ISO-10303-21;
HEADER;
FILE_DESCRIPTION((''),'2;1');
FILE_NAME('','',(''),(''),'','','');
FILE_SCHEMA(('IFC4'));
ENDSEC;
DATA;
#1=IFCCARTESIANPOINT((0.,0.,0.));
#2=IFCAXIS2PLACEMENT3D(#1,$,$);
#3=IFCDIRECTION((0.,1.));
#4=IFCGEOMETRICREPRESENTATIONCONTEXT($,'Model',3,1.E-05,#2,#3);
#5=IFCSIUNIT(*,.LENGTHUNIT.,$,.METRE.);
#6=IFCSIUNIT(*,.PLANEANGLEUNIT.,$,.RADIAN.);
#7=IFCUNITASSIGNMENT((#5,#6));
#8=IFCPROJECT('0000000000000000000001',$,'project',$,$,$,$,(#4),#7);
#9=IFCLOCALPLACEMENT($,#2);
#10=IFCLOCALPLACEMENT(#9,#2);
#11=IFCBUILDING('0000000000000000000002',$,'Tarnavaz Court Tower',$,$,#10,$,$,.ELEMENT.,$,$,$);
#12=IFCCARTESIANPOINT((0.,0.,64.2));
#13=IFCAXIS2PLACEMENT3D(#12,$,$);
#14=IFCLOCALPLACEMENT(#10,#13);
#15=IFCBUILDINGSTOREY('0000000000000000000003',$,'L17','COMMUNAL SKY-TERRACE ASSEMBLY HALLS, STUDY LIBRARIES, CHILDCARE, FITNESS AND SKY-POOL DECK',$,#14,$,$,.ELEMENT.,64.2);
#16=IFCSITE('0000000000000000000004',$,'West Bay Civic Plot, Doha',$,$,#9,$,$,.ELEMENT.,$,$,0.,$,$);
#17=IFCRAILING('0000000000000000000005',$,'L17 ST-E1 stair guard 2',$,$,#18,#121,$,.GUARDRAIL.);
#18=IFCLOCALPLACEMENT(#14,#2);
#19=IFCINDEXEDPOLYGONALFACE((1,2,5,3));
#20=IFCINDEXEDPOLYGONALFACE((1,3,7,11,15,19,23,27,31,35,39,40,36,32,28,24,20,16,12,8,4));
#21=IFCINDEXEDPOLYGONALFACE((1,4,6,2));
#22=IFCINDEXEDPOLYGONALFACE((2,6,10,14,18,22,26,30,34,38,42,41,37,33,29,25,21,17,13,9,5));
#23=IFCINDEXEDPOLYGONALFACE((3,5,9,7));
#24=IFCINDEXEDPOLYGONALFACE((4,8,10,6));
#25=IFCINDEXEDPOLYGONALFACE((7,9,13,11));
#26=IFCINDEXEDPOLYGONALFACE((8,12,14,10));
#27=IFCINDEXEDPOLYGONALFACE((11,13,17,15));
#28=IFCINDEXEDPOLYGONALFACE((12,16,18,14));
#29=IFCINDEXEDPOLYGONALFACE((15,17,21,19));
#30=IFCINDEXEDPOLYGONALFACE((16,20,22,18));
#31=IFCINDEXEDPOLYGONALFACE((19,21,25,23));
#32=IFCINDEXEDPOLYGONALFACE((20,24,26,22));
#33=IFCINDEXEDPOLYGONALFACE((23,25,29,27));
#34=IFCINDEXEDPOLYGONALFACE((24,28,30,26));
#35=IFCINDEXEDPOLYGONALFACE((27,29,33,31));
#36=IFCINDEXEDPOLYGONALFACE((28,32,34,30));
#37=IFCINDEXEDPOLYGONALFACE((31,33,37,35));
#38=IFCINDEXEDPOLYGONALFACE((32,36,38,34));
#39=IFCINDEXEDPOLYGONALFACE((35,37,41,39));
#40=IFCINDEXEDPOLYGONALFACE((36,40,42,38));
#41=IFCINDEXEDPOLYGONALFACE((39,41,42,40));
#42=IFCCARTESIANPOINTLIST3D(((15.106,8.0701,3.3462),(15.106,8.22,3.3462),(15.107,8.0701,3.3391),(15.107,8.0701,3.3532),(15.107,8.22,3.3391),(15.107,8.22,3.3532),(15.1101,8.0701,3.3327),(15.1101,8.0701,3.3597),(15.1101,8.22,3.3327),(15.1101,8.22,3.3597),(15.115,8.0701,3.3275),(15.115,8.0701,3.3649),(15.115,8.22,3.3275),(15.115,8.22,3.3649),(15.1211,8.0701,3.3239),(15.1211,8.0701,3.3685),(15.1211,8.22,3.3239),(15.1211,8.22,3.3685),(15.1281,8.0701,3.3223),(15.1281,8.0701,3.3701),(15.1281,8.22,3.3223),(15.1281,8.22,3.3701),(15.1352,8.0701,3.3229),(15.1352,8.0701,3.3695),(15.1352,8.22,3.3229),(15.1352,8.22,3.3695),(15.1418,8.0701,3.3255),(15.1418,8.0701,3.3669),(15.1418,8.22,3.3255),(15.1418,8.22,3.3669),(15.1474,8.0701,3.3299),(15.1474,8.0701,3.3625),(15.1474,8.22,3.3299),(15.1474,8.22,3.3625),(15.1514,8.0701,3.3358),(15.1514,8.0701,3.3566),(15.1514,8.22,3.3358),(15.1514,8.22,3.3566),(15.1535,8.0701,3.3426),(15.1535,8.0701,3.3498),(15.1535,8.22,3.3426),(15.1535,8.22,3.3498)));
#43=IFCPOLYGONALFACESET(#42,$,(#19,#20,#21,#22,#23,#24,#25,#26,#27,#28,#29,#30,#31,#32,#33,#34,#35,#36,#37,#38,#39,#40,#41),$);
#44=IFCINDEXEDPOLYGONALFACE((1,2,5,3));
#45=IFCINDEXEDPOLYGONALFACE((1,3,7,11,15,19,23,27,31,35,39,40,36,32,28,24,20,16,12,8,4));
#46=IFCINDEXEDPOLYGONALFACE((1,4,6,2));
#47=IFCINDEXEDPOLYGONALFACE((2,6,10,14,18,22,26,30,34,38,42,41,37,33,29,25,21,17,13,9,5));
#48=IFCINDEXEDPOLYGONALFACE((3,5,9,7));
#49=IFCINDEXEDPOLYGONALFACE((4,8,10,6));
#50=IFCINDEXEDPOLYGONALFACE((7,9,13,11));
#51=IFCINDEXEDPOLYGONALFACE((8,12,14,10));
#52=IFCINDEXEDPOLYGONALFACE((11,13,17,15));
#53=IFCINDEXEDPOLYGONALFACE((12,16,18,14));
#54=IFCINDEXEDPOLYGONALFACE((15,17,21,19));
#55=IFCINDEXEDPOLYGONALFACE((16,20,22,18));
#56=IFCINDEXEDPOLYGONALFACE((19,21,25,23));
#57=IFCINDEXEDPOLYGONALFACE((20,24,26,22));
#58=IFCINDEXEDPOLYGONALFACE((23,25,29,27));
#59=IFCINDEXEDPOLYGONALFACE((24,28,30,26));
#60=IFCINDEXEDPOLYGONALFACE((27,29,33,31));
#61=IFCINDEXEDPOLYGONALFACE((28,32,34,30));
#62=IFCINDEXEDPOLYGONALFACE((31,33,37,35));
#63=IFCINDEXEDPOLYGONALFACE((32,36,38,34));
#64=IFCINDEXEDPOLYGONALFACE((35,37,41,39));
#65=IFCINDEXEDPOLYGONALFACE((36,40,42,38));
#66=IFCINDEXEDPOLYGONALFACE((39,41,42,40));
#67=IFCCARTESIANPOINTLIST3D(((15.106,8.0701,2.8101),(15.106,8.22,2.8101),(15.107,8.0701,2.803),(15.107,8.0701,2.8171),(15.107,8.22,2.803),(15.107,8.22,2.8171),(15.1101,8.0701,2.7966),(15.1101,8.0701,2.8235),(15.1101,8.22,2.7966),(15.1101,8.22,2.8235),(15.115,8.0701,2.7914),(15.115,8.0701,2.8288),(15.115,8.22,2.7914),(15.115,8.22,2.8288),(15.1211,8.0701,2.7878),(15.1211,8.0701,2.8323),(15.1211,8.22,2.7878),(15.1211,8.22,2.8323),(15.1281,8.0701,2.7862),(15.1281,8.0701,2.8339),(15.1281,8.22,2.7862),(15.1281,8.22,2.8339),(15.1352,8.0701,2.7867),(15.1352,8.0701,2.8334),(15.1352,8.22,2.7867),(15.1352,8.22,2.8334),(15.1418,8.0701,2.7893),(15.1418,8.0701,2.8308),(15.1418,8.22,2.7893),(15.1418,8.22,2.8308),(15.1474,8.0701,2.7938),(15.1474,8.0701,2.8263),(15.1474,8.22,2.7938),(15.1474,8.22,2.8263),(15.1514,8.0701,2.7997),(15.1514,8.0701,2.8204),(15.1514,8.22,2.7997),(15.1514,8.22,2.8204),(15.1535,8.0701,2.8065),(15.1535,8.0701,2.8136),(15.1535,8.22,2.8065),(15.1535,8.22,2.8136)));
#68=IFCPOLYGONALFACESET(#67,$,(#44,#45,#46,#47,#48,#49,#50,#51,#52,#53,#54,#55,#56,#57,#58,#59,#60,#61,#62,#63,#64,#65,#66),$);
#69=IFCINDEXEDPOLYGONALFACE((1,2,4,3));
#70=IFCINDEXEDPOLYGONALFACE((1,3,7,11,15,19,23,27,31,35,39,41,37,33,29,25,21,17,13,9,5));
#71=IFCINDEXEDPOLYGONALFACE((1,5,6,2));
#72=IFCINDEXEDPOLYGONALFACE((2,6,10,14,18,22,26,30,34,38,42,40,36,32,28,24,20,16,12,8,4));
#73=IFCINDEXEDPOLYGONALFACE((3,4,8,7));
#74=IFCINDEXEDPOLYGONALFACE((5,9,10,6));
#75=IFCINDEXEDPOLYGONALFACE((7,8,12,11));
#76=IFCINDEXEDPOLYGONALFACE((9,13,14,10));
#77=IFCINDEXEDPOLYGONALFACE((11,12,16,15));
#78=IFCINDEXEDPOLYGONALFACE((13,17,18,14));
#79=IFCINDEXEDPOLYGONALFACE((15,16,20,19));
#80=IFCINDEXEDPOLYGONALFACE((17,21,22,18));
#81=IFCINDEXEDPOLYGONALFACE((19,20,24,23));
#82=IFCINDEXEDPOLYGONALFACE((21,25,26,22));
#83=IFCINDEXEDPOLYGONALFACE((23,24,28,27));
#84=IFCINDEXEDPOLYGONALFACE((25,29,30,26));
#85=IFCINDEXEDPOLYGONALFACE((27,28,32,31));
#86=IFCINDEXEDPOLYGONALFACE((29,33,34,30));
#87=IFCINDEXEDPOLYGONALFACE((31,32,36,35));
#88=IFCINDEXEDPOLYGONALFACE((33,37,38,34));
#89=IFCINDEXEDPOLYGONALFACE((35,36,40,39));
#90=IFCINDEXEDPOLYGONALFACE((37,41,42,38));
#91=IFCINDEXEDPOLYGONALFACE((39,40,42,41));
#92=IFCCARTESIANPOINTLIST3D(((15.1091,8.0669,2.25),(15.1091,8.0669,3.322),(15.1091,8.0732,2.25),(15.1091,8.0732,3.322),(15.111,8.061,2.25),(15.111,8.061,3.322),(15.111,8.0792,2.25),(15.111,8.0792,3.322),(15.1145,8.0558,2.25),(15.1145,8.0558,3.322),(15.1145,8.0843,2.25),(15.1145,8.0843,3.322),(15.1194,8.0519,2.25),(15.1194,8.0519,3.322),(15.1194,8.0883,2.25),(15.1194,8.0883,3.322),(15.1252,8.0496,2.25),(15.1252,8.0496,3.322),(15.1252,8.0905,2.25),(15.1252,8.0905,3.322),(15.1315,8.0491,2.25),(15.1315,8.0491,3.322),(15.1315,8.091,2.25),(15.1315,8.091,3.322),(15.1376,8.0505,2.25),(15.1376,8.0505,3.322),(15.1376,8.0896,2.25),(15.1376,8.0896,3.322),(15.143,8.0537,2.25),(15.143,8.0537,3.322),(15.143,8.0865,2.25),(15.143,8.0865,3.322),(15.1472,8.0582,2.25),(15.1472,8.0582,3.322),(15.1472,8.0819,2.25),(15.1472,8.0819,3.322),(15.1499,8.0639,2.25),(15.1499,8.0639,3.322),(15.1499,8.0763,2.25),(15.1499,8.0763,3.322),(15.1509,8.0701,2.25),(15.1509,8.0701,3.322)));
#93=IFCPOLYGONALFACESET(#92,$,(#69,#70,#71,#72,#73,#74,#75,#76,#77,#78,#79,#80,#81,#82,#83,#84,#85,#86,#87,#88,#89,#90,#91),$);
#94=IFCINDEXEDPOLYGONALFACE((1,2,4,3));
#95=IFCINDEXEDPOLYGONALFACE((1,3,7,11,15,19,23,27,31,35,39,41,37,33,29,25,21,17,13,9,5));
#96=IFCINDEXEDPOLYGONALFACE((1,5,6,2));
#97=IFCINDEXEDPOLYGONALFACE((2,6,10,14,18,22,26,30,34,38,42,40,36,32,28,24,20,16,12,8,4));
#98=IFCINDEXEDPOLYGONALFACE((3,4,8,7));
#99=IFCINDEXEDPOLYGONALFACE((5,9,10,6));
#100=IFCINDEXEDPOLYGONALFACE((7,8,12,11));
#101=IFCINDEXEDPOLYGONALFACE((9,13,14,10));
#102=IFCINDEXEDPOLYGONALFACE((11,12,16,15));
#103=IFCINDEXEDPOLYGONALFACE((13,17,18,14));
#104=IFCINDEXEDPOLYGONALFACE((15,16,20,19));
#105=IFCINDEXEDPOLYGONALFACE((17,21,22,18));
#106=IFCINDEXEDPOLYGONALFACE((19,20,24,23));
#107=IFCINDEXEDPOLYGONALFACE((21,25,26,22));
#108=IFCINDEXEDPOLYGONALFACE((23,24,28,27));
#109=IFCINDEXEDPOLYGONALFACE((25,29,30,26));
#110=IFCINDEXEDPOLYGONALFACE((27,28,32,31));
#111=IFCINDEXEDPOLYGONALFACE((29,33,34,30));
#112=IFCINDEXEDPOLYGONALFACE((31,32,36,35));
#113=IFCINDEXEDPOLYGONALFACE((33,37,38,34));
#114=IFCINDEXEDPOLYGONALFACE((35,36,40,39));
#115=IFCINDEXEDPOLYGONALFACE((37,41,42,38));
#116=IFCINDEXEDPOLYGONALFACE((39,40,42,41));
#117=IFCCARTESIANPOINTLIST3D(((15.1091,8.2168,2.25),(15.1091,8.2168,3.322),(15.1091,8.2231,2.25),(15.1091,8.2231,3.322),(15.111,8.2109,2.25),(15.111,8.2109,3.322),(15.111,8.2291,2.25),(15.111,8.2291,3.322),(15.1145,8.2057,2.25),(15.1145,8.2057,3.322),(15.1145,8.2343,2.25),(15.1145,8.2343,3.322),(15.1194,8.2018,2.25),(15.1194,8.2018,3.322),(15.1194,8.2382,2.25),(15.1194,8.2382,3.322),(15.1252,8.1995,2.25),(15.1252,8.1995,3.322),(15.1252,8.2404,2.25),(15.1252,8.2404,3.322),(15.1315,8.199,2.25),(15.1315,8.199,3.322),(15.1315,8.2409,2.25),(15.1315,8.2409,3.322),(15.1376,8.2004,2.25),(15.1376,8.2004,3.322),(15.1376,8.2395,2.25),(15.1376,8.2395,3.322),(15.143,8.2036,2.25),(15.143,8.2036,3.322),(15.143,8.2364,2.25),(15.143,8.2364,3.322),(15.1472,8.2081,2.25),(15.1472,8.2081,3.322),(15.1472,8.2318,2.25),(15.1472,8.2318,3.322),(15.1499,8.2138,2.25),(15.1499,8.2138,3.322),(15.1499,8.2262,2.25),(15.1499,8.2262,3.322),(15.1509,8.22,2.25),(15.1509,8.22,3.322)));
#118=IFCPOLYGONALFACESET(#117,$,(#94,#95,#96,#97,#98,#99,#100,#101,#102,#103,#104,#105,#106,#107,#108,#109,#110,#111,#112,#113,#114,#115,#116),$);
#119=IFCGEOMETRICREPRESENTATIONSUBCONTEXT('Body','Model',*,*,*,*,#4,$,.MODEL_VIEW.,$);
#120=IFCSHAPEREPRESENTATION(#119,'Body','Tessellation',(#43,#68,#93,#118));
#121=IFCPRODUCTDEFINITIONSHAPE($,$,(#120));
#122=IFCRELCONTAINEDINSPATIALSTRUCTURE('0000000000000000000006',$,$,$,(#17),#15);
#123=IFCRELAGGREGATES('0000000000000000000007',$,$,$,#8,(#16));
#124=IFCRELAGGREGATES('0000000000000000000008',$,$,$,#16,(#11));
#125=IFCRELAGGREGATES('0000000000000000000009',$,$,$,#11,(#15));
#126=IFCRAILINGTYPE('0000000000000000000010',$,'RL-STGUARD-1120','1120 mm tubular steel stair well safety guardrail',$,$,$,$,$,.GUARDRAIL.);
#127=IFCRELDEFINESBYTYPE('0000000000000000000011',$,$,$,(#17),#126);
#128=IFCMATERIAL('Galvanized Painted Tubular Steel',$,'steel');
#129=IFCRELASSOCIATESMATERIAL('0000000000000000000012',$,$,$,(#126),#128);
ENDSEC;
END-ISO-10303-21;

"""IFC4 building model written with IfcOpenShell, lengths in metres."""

from ifc_helpers import new_model, si_unit, direction, frame, origin, origin_2d, place, context, subcontext, project, spatial, circle, extrude, material, type_object, element, save


model = new_model("IFC4")

# Units and contexts
model_context = context("Model", 3, precision=1e-05, world=origin(), true_north=direction((0.0, 1.0)))
body_context = subcontext(model_context, "Body", "Model", "MODEL_VIEW")
ifc_project = project(units=[si_unit("LENGTHUNIT", "METRE"), si_unit("PLANEANGLEUNIT", "RADIAN")], contexts=[model_context])

# Site, building, storey
site_placement = place(None, origin())
site = spatial("IfcSite", under=ifc_project, at=site_placement, Name="West Bay Civic Plot, Doha", CompositionType="ELEMENT", RefElevation=0.0)
building_placement = place(site_placement, origin())
building = spatial("IfcBuilding", under=site, at=building_placement, Name="Tarnavaz Court Tower", CompositionType="ELEMENT")
storey_placement = place(building_placement, frame((0.0, 0.0, 64.2)))
storey = spatial("IfcBuildingStorey", under=building, at=storey_placement, Name="L17", Description="COMMUNAL SKY-TERRACE ASSEMBLY HALLS, STUDY LIBRARIES, CHILDCARE, FITNESS AND SKY-POOL DECK", CompositionType="ELEMENT", Elevation=64.2)

# Railing
ifc_material_1 = material(Name="Galvanized Painted Tubular Steel", Category="steel")
railing_type_1 = type_object("IfcRailingType", Name="RL-STGUARD-1120", Description="1120 mm tubular steel stair well safety guardrail", PredefinedType="GUARDRAIL", material=ifc_material_1)
railing_1_placement = place(storey_placement, frame((15.1299, 8.0701, 2.25)))
element("IfcRailing", 1, at=railing_1_placement, inside=storey, type_object=railing_type_1, Name="L17 ST-E1 stair guard 2", PredefinedType="GUARDRAIL", context=body_context, shape_type="SweptSolid", body=[
    extrude(circle(Radius=0.0239, at=origin_2d()), frame((0.0, 0.0, 1.0962), z_axis=(0.0, 1.0, 0.0), x_axis=(-1.0, 0.0, 0.0)), (0.0, 0.0, 1.0), 0.1499),
    extrude(circle(Radius=0.0239, at=origin_2d()), frame((0.0, 0.0, 0.5601), z_axis=(0.0, 1.0, 0.0), x_axis=(-1.0, 0.0, 0.0)), (0.0, 0.0, 1.0), 0.1499),
    extrude(circle(Radius=0.021, at=origin_2d()), origin(), (0.0, 0.0, 1.0), 1.072),
    extrude(circle(Radius=0.021, at=origin_2d()), frame((0.0, 0.1499, 0.0)), (0.0, 0.0, 1.0), 1.072),
])

save(model, "model.ifc")
